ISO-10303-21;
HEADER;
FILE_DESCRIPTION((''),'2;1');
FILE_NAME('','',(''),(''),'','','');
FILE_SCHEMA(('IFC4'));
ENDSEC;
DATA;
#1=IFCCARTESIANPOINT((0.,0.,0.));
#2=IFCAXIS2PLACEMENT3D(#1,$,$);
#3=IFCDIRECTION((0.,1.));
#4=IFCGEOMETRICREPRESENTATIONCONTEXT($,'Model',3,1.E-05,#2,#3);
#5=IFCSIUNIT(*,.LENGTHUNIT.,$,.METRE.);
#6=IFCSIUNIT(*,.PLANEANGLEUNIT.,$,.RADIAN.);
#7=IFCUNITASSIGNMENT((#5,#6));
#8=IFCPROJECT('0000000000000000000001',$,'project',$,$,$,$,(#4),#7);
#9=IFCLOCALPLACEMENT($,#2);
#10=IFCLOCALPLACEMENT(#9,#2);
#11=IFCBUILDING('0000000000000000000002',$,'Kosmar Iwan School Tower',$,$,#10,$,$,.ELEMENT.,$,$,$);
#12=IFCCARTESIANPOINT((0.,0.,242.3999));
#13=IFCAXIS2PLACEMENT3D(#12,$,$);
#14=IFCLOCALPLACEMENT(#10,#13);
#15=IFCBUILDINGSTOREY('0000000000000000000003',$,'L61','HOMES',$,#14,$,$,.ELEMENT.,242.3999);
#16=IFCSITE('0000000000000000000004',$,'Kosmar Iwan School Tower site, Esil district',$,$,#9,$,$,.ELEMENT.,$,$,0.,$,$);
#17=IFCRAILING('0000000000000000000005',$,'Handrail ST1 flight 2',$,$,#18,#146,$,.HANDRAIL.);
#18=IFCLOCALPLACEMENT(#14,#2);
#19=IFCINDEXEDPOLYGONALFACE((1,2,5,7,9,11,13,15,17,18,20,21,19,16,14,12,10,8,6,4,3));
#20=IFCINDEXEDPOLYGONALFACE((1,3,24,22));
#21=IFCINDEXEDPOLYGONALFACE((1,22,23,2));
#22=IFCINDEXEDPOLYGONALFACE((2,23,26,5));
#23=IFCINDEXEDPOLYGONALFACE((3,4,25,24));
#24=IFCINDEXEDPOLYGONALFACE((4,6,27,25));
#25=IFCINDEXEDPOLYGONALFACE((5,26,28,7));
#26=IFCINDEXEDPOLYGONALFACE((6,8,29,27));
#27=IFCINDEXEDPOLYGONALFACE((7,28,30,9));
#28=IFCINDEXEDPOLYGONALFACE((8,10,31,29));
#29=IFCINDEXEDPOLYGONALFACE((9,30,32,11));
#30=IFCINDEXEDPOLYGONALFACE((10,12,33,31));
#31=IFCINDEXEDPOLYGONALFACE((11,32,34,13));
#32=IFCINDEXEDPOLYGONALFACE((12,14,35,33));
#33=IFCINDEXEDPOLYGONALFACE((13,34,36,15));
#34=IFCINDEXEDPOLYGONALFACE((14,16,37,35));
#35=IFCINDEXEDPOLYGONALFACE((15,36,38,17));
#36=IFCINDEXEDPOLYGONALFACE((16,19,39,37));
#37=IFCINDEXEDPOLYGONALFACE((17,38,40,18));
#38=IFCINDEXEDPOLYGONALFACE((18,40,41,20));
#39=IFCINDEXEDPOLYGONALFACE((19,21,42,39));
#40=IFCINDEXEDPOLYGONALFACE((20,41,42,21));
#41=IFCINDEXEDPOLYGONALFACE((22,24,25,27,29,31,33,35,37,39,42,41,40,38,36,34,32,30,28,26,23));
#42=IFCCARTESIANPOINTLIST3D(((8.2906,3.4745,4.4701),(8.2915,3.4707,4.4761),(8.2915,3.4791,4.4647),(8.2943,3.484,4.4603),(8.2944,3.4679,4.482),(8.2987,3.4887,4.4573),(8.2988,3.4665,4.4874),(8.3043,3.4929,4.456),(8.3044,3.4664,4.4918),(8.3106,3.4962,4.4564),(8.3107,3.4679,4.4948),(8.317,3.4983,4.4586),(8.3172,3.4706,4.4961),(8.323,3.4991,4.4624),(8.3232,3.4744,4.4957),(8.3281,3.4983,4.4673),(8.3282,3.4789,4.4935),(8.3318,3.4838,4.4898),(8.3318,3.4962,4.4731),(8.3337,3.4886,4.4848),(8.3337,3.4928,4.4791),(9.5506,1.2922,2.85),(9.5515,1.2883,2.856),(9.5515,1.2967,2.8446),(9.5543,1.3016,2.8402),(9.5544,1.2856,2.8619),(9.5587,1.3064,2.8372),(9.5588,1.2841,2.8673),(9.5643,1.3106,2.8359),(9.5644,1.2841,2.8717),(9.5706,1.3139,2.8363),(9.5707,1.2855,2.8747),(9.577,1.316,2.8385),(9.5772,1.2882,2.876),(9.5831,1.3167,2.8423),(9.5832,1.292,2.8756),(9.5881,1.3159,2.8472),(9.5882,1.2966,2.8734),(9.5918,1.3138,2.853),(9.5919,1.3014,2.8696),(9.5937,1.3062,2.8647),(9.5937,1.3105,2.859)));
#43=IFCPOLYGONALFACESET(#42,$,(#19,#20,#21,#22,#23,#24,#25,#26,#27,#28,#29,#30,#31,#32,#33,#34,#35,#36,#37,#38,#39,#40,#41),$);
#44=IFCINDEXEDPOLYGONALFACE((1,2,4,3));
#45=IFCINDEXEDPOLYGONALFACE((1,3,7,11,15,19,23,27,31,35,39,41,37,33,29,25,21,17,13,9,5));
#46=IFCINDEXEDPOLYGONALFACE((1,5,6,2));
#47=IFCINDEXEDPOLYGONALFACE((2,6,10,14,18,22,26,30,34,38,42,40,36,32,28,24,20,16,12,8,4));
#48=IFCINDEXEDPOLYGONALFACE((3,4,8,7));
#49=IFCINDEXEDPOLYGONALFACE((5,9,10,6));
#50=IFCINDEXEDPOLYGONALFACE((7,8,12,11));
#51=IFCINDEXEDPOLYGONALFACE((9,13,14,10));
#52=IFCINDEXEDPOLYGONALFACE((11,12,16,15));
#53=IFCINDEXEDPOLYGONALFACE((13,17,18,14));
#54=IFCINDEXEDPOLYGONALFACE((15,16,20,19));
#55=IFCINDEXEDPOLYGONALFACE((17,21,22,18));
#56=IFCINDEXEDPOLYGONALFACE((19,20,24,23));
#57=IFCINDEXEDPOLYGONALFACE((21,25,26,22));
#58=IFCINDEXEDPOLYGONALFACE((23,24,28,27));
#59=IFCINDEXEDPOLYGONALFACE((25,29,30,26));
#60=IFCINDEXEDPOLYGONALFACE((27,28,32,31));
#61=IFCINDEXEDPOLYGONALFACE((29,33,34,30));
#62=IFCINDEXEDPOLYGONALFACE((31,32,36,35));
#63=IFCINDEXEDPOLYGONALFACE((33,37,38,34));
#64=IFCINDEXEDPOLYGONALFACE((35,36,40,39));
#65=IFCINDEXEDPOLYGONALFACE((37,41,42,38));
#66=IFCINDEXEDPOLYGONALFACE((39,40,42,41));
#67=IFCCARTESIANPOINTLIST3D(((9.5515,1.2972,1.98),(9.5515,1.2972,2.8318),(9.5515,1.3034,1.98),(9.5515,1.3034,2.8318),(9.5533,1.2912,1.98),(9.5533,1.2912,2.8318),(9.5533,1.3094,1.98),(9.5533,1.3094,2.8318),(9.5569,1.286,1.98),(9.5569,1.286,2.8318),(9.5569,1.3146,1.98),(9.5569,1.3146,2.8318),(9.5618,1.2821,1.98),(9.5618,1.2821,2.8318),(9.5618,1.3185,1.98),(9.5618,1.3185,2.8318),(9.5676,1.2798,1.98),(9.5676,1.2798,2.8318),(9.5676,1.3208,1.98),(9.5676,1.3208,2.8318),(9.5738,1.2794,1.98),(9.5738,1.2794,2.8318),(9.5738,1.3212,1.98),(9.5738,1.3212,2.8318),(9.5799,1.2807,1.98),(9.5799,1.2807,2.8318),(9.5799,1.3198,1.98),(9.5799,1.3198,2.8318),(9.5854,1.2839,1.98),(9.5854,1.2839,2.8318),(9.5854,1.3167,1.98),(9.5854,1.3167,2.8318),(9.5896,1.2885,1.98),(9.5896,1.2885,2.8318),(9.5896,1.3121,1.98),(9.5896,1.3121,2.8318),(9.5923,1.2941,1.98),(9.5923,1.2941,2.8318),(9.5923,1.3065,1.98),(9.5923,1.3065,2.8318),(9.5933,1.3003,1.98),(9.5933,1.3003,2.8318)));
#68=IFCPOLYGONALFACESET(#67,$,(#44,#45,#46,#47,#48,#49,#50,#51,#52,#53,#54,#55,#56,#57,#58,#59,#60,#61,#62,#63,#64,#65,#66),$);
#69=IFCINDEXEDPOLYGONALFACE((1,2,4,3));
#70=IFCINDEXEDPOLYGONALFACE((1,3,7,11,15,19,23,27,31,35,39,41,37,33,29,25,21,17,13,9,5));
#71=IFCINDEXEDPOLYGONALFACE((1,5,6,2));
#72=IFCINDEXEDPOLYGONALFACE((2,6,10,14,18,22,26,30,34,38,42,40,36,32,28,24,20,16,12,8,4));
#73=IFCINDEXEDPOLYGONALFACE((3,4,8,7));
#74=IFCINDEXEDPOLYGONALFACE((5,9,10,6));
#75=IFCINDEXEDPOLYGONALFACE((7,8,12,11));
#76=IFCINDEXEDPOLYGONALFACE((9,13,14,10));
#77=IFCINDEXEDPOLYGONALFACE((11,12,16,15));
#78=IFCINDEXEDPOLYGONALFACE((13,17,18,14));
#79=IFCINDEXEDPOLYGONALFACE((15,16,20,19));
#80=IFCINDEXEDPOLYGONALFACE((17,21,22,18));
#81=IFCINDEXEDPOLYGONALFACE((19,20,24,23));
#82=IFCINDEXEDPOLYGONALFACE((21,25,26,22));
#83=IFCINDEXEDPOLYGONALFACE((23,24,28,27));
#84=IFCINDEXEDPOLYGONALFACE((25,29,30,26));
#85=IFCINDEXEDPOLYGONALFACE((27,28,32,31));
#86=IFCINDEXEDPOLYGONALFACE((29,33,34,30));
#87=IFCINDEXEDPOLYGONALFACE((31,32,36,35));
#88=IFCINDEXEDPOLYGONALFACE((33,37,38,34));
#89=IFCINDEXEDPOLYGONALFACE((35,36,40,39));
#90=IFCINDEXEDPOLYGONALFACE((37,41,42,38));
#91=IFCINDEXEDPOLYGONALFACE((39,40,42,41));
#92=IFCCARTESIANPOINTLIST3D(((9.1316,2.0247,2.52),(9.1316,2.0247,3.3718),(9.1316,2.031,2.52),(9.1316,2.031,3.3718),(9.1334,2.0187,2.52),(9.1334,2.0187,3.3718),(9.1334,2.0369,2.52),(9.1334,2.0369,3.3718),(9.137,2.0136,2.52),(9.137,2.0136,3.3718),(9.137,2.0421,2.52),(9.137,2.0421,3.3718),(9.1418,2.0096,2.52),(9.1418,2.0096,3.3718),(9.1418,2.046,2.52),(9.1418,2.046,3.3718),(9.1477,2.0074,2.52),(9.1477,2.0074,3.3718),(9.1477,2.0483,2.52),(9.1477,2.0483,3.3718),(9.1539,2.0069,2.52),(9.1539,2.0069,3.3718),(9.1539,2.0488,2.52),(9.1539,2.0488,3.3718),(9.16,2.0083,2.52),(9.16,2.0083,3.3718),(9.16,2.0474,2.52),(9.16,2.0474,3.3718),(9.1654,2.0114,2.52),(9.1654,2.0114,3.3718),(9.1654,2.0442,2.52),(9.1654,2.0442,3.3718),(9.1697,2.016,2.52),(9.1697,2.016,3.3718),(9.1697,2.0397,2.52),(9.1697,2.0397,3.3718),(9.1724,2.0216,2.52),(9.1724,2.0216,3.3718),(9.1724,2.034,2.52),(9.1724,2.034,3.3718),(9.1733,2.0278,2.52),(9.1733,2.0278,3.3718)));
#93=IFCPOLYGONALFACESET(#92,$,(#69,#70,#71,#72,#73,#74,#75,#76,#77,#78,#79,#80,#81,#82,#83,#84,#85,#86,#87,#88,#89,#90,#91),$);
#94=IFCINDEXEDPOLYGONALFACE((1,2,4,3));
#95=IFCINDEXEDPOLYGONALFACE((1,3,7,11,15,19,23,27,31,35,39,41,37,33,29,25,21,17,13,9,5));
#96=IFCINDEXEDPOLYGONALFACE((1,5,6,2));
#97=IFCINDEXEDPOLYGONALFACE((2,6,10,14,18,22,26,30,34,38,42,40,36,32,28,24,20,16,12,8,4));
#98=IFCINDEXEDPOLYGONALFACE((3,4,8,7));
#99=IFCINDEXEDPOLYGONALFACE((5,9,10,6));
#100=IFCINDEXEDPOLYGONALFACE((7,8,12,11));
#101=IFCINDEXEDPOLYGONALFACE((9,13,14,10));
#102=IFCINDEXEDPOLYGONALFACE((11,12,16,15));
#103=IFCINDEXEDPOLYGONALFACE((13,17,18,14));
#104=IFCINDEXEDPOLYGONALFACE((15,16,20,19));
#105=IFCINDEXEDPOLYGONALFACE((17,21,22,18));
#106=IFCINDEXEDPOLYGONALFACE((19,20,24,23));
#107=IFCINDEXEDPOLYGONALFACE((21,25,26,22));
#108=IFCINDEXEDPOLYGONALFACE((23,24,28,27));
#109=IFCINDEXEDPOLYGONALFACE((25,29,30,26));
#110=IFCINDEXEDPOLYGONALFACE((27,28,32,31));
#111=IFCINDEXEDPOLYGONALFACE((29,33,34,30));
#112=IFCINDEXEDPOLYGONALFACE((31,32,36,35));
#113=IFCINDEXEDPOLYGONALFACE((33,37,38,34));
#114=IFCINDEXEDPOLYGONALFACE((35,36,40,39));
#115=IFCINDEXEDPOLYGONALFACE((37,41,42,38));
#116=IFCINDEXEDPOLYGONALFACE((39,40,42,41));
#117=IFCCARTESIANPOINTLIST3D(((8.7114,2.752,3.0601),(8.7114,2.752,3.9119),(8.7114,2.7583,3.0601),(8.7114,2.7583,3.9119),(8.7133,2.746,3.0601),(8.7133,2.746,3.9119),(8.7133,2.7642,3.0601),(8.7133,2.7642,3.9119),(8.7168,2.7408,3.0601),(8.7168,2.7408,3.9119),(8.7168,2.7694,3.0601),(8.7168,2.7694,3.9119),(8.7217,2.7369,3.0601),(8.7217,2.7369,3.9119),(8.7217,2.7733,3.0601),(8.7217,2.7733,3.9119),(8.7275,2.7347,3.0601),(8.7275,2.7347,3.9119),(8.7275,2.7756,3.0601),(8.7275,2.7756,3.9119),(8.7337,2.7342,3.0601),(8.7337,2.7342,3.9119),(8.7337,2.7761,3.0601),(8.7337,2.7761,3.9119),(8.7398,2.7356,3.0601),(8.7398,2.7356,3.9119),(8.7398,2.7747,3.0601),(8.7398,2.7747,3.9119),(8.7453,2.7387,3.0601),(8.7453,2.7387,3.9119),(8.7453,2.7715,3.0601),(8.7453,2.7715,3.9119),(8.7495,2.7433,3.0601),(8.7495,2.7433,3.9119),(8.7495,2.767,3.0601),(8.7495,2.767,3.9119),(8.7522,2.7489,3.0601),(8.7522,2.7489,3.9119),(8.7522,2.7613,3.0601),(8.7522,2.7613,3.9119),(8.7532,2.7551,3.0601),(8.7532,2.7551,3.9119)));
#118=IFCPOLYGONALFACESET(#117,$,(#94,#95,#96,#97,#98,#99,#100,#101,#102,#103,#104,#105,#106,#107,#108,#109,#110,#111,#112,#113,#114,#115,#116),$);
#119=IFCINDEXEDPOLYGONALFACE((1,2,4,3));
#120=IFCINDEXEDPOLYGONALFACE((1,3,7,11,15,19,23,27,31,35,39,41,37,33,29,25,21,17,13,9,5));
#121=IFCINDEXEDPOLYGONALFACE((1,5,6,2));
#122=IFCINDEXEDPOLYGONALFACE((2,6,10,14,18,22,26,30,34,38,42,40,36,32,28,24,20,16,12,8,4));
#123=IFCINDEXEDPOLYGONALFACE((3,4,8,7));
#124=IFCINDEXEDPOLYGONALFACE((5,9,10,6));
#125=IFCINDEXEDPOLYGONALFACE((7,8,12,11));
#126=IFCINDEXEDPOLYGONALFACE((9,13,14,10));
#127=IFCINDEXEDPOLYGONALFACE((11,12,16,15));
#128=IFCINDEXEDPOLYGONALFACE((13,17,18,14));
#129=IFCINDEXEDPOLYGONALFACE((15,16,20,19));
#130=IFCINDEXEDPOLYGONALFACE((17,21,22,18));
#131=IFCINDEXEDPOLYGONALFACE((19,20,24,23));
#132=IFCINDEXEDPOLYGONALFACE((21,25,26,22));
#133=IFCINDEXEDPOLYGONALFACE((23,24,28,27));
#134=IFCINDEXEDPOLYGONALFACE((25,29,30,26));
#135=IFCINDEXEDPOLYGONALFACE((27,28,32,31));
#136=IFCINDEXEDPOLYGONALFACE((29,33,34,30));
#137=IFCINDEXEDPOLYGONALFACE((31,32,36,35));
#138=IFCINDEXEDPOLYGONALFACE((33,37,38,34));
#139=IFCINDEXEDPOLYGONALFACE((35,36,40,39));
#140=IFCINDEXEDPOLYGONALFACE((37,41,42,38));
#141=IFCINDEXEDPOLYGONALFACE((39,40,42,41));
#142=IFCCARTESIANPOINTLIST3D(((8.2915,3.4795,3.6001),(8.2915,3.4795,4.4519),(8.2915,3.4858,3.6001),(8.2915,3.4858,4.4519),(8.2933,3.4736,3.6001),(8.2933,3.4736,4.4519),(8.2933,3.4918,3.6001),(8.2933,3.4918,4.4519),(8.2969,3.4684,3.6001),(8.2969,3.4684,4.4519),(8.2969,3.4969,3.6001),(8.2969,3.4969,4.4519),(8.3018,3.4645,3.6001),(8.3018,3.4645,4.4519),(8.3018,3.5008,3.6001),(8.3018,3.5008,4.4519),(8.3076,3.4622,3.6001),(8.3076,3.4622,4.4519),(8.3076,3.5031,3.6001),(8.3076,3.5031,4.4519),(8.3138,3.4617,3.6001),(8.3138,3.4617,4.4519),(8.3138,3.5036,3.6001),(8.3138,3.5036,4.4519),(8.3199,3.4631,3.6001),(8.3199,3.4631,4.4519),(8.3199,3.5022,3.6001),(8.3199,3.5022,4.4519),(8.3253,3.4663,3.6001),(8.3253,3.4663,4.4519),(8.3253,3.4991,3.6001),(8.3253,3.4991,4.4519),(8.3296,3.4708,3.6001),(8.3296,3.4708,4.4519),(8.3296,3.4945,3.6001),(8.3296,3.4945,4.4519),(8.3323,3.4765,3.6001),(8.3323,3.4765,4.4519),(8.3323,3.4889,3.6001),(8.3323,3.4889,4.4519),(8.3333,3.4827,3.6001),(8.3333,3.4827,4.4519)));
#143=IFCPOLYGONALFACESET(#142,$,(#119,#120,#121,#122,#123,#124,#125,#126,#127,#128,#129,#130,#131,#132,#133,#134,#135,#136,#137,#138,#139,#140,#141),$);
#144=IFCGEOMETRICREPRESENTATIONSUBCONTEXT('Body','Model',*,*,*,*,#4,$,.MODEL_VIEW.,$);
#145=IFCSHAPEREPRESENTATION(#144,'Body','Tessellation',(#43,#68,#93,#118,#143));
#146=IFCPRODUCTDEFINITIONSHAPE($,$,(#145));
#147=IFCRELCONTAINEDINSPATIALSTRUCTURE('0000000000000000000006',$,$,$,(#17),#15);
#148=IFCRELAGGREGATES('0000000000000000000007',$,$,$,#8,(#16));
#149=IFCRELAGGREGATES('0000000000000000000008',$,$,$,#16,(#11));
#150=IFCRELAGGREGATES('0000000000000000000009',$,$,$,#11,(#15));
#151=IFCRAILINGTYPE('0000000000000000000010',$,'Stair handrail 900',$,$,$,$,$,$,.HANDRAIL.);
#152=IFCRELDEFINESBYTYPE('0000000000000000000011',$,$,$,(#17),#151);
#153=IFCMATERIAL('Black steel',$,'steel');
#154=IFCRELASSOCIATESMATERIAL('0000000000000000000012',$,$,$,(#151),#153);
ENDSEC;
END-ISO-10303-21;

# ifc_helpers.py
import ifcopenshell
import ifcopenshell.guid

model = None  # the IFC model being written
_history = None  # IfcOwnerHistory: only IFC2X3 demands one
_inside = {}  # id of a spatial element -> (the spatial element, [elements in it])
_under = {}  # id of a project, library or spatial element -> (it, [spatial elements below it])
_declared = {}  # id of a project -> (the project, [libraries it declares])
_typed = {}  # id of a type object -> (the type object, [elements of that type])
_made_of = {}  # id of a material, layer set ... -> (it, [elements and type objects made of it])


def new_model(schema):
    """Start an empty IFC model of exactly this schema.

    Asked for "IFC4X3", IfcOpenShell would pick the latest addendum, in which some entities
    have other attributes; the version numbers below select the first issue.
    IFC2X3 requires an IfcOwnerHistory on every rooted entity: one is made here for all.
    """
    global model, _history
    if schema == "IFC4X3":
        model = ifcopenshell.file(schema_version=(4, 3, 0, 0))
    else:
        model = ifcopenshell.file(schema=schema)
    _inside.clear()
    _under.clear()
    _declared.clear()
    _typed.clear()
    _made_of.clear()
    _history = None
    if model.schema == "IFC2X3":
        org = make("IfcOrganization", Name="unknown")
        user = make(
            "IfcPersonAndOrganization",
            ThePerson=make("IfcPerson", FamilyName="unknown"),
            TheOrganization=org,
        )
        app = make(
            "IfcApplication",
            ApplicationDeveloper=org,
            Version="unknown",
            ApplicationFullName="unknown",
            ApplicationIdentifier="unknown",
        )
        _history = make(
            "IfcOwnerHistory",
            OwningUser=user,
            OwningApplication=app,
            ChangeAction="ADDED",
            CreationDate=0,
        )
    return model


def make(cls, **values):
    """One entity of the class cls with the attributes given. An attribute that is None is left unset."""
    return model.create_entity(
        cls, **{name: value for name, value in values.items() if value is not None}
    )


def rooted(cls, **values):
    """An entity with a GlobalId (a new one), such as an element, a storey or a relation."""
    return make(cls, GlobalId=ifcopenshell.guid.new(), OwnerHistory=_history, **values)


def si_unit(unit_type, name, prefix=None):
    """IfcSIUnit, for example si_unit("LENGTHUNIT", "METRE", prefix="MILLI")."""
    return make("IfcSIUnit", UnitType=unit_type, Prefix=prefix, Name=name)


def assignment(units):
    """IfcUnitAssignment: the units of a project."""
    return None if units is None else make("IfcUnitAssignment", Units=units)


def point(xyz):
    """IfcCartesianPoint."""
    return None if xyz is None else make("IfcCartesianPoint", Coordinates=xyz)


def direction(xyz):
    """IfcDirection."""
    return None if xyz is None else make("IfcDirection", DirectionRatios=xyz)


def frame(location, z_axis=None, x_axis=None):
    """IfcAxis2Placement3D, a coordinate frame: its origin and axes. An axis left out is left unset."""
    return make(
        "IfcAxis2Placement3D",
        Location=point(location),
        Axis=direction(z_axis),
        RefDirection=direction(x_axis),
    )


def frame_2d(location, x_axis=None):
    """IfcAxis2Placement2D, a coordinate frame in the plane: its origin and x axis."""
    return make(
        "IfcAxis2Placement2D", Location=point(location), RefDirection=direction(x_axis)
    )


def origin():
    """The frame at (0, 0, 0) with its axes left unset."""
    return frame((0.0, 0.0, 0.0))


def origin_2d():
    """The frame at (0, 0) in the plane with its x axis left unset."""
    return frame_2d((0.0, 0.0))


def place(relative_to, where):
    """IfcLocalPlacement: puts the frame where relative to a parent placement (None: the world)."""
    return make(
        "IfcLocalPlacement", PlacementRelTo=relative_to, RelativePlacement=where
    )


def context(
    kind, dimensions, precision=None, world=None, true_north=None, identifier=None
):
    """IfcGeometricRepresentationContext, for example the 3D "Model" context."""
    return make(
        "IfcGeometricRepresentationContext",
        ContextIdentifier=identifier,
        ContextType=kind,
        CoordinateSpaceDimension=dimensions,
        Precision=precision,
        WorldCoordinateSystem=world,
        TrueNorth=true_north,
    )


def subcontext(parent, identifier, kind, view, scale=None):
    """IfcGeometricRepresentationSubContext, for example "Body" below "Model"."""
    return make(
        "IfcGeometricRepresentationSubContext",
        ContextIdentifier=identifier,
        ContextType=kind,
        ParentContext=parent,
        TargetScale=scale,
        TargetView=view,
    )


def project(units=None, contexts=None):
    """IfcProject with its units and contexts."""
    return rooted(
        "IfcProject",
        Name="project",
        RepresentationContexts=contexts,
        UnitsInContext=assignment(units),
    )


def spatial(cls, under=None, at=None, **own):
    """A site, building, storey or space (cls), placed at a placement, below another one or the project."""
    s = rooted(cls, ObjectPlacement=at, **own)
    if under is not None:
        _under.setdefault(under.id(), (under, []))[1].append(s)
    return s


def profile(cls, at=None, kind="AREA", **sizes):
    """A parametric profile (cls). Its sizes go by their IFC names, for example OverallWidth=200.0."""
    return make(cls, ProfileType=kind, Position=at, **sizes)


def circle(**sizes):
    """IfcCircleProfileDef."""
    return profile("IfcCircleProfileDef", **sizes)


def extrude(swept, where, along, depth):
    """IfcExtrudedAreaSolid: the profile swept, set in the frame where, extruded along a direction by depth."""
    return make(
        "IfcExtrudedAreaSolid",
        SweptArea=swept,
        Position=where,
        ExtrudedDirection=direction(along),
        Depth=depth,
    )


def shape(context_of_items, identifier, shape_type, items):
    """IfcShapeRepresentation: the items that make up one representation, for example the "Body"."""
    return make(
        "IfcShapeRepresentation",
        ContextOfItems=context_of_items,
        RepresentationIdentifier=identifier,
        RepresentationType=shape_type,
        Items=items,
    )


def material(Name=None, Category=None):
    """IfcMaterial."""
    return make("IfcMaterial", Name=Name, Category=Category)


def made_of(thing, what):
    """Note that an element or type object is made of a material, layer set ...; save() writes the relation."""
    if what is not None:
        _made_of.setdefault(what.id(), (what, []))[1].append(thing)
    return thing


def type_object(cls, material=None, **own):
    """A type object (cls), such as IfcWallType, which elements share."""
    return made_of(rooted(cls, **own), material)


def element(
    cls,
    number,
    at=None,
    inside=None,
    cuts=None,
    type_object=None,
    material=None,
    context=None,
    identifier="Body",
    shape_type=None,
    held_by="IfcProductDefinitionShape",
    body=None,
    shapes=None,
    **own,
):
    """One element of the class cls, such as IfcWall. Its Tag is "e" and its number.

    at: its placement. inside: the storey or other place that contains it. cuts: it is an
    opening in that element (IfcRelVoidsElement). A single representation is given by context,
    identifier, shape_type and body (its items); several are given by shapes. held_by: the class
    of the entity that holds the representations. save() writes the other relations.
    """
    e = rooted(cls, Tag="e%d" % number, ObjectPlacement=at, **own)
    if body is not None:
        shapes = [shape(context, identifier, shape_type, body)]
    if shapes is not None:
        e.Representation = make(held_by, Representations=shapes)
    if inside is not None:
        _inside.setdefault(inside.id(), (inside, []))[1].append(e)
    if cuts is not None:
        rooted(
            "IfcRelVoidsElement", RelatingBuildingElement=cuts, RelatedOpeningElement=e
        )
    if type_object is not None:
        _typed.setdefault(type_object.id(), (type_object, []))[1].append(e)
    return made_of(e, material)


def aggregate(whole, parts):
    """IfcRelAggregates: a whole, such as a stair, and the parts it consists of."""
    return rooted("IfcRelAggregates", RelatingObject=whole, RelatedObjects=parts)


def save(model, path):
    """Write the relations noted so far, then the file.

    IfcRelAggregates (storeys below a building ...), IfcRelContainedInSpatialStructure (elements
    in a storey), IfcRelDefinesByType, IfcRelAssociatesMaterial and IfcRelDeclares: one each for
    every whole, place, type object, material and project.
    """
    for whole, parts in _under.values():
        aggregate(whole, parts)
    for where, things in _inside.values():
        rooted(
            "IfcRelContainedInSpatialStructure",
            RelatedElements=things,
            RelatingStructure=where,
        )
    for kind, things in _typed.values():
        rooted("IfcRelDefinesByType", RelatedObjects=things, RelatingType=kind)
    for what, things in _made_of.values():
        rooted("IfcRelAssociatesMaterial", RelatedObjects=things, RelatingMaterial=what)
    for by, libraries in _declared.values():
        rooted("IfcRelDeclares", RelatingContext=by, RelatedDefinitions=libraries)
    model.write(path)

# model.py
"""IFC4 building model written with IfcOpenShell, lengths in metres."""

from ifc_helpers import new_model, si_unit, direction, frame, origin, origin_2d, place, context, subcontext, project, spatial, circle, extrude, material, type_object, element, save


model = new_model("IFC4")

# Units and contexts
model_context = context("Model", 3, precision=1e-05, world=origin(), true_north=direction((0.0, 1.0)))
body_context = subcontext(model_context, "Body", "Model", "MODEL_VIEW")
ifc_project = project(units=[si_unit("LENGTHUNIT", "METRE"), si_unit("PLANEANGLEUNIT", "RADIAN")], contexts=[model_context])

# Site, building, storey
site_placement = place(None, origin())
site = spatial("IfcSite", under=ifc_project, at=site_placement, Name="Kosmar Iwan School Tower site, Esil district", CompositionType="ELEMENT", RefElevation=0.0)
building_placement = place(site_placement, origin())
building = spatial("IfcBuilding", under=site, at=building_placement, Name="Kosmar Iwan School Tower", CompositionType="ELEMENT")
storey_placement = place(building_placement, frame((0.0, 0.0, 242.3999)))
storey = spatial("IfcBuildingStorey", under=building, at=storey_placement, Name="L61", Description="HOMES", CompositionType="ELEMENT", Elevation=242.3999)

# Railing
ifc_material_1 = material(Name="Black steel", Category="steel")
railing_type = type_object("IfcRailingType", Name="Stair handrail 900", PredefinedType="HANDRAIL", material=ifc_material_1)
railing_placement = place(storey_placement, frame((9.5723, 1.3003, 1.98)))
element("IfcRailing", 1, at=railing_placement, inside=storey, type_object=railing_type, Name="Handrail ST1 flight 2", PredefinedType="HANDRAIL", context=body_context, shape_type="SweptSolid", body=[
    extrude(circle(Radius=0.0239, at=origin_2d()), frame((0.0, 0.0, 0.876), z_axis=(-0.420584, 0.728464, 0.540786), x_axis=(-0.866023, -0.500005, 0.0)), (0.0, 0.0, 1.0), 2.9958),
    extrude(circle(Radius=0.021, at=origin_2d()), origin(), (0.0, 0.0, 1.0), 0.8518),
    extrude(circle(Radius=0.021, at=origin_2d()), frame((-0.4199, 0.7275, 0.54)), (0.0, 0.0, 1.0), 0.8518),
    extrude(circle(Radius=0.021, at=origin_2d()), frame((-0.8401, 1.4548, 1.0801)), (0.0, 0.0, 1.0), 0.8518),
    extrude(circle(Radius=0.021, at=origin_2d()), frame((-1.26, 2.1824, 1.6201)), (0.0, 0.0, 1.0), 0.8518),
])

save(model, "model.ifc")
